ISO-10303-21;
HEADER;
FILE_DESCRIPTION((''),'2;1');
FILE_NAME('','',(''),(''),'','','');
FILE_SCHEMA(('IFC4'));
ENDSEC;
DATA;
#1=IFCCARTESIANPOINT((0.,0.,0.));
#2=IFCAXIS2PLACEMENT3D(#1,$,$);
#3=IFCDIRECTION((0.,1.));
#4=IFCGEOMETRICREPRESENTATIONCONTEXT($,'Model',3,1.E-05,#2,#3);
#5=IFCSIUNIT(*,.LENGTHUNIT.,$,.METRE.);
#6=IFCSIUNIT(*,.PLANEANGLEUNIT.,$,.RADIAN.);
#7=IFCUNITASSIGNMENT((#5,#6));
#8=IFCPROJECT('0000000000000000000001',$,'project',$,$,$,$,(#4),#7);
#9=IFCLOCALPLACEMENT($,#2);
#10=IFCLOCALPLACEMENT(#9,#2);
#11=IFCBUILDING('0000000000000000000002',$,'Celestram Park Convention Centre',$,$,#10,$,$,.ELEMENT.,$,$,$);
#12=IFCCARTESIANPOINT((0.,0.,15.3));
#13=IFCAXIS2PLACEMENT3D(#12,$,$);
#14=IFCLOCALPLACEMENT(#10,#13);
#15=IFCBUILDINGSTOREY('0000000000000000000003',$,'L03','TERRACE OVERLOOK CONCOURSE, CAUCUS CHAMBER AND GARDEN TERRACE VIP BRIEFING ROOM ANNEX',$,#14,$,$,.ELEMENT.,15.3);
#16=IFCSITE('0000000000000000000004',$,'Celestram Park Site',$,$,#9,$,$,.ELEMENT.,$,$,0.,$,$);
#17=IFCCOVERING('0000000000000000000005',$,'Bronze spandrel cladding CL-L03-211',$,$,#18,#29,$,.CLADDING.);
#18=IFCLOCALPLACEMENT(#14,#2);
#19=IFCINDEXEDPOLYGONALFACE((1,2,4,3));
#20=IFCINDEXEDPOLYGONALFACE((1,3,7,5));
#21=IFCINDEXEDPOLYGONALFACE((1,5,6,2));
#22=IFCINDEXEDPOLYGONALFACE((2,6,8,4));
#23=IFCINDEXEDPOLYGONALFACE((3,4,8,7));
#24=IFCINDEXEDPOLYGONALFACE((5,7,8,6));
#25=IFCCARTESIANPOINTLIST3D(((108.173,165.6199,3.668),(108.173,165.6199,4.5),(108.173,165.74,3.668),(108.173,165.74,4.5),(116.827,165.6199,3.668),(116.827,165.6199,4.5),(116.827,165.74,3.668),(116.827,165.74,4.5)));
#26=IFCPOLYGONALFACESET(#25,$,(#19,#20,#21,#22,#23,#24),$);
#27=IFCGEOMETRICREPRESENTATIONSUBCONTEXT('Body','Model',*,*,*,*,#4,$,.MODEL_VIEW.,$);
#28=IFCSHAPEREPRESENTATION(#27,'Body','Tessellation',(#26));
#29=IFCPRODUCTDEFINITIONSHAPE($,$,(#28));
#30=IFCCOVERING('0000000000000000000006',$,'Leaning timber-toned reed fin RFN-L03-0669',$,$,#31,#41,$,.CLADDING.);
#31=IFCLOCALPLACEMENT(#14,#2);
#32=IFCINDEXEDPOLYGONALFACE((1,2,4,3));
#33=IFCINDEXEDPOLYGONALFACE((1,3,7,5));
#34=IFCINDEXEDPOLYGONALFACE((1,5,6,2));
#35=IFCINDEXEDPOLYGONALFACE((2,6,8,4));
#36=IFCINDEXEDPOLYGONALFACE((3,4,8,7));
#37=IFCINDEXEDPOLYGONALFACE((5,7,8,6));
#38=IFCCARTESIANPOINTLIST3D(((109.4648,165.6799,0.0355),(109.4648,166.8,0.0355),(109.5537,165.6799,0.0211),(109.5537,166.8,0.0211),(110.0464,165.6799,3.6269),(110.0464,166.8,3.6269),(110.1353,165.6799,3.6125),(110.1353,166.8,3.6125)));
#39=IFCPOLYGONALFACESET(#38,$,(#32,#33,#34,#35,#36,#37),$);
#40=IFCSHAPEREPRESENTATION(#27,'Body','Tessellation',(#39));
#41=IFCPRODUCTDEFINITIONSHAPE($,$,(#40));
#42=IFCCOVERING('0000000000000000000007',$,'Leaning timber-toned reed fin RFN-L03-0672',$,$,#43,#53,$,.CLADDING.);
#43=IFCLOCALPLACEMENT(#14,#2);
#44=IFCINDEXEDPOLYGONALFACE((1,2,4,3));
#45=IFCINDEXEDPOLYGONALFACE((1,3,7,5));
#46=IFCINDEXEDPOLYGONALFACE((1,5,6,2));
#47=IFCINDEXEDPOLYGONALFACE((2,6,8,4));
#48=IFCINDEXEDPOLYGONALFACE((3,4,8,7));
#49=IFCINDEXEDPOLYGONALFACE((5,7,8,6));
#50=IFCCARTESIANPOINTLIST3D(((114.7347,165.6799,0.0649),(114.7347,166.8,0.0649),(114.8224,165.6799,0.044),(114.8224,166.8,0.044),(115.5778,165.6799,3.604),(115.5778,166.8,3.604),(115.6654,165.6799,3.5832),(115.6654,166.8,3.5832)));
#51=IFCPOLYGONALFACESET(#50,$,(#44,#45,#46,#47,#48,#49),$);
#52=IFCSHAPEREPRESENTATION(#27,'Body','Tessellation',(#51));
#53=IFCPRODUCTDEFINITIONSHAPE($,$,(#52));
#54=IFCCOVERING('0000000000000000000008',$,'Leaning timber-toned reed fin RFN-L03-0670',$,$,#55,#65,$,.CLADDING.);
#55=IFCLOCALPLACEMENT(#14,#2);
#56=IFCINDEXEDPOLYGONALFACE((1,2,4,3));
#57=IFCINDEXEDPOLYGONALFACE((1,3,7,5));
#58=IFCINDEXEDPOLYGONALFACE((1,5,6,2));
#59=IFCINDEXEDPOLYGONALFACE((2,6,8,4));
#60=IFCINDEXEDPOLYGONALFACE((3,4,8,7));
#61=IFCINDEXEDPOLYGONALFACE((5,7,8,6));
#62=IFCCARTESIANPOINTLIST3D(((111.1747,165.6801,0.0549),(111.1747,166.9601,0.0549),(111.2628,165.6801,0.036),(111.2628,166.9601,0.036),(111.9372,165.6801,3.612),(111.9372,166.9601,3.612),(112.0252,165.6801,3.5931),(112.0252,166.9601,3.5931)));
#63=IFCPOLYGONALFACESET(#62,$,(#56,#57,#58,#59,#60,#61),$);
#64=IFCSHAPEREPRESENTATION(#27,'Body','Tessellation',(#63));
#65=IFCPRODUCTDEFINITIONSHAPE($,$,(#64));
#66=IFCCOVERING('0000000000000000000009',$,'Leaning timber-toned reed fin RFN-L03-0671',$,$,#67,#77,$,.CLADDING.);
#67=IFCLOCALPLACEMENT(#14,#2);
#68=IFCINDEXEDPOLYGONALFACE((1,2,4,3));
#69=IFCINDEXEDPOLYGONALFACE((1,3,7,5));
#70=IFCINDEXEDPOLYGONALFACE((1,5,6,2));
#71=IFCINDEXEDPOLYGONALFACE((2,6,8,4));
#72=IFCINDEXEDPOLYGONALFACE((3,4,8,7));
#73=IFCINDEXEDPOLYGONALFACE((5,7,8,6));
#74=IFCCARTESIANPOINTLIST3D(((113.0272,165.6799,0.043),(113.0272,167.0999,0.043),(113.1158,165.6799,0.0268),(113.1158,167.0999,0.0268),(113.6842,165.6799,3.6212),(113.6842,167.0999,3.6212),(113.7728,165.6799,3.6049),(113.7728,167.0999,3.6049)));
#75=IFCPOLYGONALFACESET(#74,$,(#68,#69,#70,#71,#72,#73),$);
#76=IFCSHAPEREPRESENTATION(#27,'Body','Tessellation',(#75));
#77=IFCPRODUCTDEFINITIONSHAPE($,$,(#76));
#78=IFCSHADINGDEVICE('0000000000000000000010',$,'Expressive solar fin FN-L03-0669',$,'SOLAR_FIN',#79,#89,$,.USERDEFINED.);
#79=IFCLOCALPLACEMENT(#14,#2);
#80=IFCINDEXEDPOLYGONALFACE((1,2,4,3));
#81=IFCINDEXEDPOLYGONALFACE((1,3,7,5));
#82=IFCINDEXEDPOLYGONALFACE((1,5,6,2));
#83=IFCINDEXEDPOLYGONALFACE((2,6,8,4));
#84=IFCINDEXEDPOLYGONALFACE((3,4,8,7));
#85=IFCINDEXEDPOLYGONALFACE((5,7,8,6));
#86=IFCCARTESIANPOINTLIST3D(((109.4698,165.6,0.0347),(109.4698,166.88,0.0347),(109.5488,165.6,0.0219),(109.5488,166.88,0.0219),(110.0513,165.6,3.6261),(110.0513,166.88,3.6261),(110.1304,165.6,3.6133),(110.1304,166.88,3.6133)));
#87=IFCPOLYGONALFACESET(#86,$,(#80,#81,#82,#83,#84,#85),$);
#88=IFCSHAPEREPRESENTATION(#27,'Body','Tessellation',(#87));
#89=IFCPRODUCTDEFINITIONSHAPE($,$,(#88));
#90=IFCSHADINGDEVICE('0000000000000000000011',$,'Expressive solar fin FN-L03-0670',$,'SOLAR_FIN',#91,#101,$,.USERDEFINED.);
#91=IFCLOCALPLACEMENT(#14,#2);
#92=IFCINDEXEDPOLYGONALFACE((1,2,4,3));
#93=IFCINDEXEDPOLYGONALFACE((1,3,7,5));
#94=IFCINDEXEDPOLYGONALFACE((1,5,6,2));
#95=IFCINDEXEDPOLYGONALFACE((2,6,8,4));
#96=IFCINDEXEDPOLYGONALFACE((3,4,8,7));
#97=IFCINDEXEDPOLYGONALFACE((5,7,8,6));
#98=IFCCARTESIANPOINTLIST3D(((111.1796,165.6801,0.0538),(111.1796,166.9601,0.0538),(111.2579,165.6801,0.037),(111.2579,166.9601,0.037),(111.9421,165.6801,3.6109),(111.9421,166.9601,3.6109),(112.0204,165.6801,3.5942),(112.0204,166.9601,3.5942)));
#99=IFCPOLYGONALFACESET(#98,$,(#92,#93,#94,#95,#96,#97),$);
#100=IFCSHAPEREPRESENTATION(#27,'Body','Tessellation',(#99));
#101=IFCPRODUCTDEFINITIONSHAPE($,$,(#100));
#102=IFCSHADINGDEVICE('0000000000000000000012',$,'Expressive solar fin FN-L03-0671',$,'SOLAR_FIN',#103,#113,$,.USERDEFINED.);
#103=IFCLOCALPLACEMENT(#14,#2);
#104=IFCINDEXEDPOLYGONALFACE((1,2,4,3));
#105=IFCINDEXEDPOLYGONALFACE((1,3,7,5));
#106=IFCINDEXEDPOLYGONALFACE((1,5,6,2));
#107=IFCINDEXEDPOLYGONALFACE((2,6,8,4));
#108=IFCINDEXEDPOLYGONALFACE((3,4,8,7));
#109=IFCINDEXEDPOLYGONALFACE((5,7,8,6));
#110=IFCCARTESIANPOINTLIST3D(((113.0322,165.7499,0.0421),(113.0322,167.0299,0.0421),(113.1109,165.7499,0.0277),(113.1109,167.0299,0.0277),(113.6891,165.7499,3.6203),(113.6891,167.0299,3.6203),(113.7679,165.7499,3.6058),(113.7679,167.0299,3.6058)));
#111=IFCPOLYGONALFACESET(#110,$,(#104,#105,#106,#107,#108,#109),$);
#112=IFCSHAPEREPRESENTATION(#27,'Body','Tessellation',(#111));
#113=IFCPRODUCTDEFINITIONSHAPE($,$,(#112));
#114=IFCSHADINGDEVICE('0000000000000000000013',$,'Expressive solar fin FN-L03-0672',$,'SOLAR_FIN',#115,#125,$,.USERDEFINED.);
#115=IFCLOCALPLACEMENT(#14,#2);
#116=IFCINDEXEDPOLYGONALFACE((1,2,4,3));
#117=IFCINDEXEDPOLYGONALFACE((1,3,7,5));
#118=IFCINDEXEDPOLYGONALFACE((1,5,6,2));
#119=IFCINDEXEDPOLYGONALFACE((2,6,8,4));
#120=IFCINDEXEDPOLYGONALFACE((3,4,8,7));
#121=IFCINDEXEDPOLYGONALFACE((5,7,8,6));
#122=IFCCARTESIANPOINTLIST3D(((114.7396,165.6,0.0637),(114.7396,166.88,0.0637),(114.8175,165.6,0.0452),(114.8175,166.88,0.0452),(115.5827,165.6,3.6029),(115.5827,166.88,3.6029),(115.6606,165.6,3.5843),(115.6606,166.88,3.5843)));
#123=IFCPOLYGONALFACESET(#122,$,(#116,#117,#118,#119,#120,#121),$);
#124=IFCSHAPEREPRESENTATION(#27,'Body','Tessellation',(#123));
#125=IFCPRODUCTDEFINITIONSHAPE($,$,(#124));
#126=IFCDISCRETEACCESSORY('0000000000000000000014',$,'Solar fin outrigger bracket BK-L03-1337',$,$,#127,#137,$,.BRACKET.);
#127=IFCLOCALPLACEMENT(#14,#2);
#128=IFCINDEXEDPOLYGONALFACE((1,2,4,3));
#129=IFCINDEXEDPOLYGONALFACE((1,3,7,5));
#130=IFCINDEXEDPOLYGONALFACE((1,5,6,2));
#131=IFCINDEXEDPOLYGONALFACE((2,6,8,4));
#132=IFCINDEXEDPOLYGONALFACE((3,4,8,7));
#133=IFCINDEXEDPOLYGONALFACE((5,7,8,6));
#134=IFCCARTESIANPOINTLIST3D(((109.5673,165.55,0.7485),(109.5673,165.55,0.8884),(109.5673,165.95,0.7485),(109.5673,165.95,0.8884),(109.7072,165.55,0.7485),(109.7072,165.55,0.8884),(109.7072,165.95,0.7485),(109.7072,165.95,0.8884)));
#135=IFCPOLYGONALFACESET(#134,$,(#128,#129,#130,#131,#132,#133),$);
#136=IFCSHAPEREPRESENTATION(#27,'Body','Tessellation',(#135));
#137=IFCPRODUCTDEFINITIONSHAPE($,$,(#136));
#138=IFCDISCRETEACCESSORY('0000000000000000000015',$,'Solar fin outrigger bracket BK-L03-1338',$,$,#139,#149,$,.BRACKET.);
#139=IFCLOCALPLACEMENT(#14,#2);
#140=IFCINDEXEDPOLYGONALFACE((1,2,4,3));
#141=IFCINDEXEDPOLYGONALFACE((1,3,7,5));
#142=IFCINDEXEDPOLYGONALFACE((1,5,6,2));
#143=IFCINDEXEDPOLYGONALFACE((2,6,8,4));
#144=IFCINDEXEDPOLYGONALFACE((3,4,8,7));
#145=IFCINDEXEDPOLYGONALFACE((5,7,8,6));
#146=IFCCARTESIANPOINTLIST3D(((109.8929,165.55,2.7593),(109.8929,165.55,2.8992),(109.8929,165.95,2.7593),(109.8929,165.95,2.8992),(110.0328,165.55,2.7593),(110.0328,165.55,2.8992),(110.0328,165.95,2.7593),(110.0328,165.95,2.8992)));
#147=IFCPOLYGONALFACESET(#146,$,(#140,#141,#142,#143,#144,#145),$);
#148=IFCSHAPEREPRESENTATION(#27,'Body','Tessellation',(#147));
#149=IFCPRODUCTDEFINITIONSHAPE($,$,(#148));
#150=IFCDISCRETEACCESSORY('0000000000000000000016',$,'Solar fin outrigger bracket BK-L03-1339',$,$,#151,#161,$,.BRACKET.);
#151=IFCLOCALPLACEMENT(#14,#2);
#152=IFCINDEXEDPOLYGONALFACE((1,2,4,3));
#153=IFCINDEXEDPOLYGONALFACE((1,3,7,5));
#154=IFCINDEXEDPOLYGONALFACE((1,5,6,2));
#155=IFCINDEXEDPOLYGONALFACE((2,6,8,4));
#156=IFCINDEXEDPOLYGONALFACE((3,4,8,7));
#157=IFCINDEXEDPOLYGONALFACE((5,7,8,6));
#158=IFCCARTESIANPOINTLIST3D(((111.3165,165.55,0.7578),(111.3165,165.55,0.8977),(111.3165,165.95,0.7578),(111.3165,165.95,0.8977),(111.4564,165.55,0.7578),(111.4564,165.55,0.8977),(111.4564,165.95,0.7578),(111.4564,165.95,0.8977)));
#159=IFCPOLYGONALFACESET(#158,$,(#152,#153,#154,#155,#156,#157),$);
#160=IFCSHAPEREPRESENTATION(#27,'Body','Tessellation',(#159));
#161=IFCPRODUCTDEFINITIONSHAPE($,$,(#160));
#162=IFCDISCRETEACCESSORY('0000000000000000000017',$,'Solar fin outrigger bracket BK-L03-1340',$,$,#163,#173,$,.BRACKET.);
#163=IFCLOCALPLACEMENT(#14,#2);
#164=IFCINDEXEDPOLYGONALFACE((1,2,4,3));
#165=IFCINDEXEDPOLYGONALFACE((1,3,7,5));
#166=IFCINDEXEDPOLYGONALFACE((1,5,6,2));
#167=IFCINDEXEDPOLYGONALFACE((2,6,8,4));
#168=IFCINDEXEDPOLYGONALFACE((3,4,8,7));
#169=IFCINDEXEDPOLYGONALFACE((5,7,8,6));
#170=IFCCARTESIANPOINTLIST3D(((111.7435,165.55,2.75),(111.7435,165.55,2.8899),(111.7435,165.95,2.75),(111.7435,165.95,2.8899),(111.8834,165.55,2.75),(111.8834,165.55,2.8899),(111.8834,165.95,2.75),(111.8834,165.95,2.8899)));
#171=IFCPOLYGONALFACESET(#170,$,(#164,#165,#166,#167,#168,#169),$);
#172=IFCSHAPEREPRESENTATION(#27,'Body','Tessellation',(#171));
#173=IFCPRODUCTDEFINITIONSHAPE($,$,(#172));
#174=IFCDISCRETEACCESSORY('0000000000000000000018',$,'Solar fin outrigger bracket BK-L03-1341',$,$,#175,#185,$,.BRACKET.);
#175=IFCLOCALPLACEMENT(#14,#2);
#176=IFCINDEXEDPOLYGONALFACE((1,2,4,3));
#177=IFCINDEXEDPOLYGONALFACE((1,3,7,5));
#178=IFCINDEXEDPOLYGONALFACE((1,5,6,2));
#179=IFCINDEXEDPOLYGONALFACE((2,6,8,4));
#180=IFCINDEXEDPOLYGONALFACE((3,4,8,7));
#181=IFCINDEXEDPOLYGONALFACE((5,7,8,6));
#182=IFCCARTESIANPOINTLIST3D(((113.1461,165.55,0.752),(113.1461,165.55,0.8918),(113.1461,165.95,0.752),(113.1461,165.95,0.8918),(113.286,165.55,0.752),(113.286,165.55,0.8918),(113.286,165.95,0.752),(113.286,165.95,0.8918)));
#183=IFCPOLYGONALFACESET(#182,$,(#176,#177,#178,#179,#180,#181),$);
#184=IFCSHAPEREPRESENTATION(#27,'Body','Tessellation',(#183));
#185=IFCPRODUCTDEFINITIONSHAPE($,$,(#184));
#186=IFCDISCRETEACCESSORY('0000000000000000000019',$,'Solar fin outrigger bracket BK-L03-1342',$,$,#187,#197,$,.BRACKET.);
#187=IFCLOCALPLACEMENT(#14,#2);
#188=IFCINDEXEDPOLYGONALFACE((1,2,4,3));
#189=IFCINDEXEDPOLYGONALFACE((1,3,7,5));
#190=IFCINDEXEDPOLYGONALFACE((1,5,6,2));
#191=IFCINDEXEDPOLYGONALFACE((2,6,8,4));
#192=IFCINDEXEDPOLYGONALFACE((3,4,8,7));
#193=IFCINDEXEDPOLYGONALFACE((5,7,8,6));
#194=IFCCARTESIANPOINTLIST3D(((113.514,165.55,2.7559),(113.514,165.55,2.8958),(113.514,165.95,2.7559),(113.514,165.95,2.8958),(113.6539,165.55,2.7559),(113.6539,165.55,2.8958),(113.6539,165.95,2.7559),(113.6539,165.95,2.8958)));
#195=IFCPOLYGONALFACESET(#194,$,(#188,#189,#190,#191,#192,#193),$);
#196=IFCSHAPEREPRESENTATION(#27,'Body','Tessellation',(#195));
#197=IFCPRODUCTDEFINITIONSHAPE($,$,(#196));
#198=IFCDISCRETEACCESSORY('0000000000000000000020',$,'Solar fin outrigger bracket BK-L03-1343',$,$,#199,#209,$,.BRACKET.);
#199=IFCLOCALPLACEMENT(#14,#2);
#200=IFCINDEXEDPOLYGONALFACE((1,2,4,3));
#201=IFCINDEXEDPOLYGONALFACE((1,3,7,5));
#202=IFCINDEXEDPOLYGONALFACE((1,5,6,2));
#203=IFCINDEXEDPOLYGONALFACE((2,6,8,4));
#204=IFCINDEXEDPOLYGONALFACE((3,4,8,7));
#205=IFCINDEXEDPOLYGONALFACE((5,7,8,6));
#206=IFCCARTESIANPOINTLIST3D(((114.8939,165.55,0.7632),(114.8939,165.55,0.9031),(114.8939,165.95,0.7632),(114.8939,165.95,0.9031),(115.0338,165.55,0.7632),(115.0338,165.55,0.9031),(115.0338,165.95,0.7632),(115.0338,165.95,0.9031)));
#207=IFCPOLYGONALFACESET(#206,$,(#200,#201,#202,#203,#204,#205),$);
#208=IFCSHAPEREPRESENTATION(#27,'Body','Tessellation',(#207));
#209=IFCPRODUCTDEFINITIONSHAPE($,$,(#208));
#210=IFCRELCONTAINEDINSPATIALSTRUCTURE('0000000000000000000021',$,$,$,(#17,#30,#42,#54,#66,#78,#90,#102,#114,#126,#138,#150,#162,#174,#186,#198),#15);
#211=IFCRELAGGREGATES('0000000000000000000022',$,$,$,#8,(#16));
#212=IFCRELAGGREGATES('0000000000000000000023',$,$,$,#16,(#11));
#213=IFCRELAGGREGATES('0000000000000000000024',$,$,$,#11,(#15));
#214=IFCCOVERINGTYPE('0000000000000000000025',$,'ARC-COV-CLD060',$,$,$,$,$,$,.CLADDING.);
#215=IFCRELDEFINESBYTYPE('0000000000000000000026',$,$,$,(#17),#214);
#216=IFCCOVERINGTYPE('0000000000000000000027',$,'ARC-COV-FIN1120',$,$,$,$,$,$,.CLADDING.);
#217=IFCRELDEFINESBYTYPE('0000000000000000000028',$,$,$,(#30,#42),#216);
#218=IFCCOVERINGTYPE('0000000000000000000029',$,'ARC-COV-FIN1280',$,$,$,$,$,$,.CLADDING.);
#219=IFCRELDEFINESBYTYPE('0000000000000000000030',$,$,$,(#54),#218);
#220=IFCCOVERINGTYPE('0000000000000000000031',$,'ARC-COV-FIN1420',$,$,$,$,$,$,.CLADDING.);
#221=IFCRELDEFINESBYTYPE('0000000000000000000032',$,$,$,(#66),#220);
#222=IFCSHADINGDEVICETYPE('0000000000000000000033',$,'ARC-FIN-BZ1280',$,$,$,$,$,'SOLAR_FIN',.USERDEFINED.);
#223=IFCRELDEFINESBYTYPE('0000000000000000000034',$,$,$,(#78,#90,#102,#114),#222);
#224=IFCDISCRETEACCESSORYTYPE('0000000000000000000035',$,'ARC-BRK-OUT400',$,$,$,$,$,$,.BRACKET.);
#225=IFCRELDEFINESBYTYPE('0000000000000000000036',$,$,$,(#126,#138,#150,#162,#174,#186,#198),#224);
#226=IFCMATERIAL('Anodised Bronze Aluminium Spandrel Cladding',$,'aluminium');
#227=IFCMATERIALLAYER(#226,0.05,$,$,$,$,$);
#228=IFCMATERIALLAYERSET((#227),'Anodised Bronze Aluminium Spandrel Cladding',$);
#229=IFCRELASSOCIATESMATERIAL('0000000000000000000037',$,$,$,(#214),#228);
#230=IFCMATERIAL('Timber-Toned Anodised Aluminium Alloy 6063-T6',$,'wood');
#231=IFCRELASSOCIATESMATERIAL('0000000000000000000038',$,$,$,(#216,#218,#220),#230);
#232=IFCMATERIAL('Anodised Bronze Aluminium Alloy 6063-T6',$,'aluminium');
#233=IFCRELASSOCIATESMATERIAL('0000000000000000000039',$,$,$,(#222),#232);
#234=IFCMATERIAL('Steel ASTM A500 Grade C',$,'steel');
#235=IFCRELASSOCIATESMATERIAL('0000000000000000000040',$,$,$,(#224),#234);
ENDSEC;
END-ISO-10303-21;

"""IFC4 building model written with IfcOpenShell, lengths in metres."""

from ifc_helpers import new_model, si_unit, direction, frame, origin, origin_2d, place, context, subcontext, project, spatial, rectangle, extrude, material, layer, layer_set, material_profile, profile_set, type_object, element, save


model = new_model("IFC4")

# Units and contexts
model_context = context("Model", 3, precision=1e-05, world=origin(), true_north=direction((0.0, 1.0)))
body_context = subcontext(model_context, "Body", "Model", "MODEL_VIEW")
ifc_project = project(units=[si_unit("LENGTHUNIT", "METRE"), si_unit("PLANEANGLEUNIT", "RADIAN")], contexts=[model_context])

# Site, building, storey
site_placement = place(None, origin())
site = spatial("IfcSite", under=ifc_project, at=site_placement, Name="Celestram Park Site", CompositionType="ELEMENT", RefElevation=0.0)
building_placement = place(site_placement, origin())
building = spatial("IfcBuilding", under=site, at=building_placement, Name="Celestram Park Convention Centre", CompositionType="ELEMENT")
storey_placement = place(building_placement, frame((0.0, 0.0, 15.3)))
storey = spatial("IfcBuildingStorey", under=building, at=storey_placement, Name="L03", Description="TERRACE OVERLOOK CONCOURSE, CAUCUS CHAMBER AND GARDEN TERRACE VIP BRIEFING ROOM ANNEX", CompositionType="ELEMENT", Elevation=15.3)

# Coverings
ifc_material_1 = material(Name="Anodised Bronze Aluminium Spandrel Cladding", Category="aluminium")
ifc_layer_1 = layer(ifc_material_1, 0.05)
ifc_layer_set_1 = layer_set([ifc_layer_1], Name="Anodised Bronze Aluminium Spandrel Cladding")
covering_type_1 = type_object("IfcCoveringType", Name="ARC-COV-CLD060", PredefinedType="CLADDING", material=ifc_layer_set_1)
covering_1_placement = place(storey_placement, frame((112.5, 165.6799, 3.668), z_axis=(0.0, 0.0, 1.0), x_axis=(1.0, 0.0, 0.0)))
element("IfcCovering", 1, at=covering_1_placement, inside=storey, type_object=covering_type_1, Name="Bronze spandrel cladding CL-L03-211", PredefinedType="CLADDING", context=body_context, shape_type="SweptSolid", body=[
    extrude(rectangle(XDim=8.6541, YDim=0.1201, at=origin_2d()), origin(), (0.0, 0.0, 1.0), 0.832),
])
ifc_material_2 = material(Name="Timber-Toned Anodised Aluminium Alloy 6063-T6", Category="wood")
ifc_material_profile_1 = material_profile(ifc_material_2, rectangle(XDim=1.1201, YDim=0.0901, at=origin_2d()), Name="REED1120X90")
ifc_profile_set_1 = profile_set([ifc_material_profile_1], Name="Timber-Toned Anodised Aluminium Alloy 6063-T6")
covering_type_2 = type_object("IfcCoveringType", Name="ARC-COV-FIN1120", PredefinedType="CLADDING", material=ifc_profile_set_1)
for number, where, z_axis, x_axis, name in (
    (2, (109.5093, 166.24, 0.0283), (0.159848, 0.0, 0.987142), (0.0, 1.0, 0.0), "Leaning timber-toned reed fin RFN-L03-0669"),
    (3, (114.7786, 166.24, 0.0544), (0.23172, 0.0, 0.972782), (0.0, 1.0, 0.0), "Leaning timber-toned reed fin RFN-L03-0672"),
):
    element("IfcCovering", number, at=place(storey_placement, frame(where, z_axis=z_axis, x_axis=x_axis)), inside=storey, type_object=covering_type_2, Name=name, PredefinedType="CLADDING", context=body_context, shape_type="SweptSolid", body=[
        extrude(rectangle(XDim=1.1201, YDim=0.0901, at=origin_2d()), origin(), (0.0, 0.0, 1.0), 3.6382),
    ])
ifc_material_profile_2 = material_profile(ifc_material_2, rectangle(XDim=1.28, YDim=0.0901, at=origin_2d()), Name="REED1280X90")
ifc_profile_set_2 = profile_set([ifc_material_profile_2], Name="Timber-Toned Anodised Aluminium Alloy 6063-T6")
covering_type_3 = type_object("IfcCoveringType", Name="ARC-COV-FIN1280", PredefinedType="CLADDING", material=ifc_profile_set_2)
covering_2_placement = place(storey_placement, frame((111.2188, 166.3201, 0.0454), z_axis=(0.209584, 0.0, 0.977791), x_axis=(0.0, 1.0, 0.0)))
element("IfcCovering", 4, at=covering_2_placement, inside=storey, type_object=covering_type_3, Name="Leaning timber-toned reed fin RFN-L03-0670", PredefinedType="CLADDING", context=body_context, shape_type="SweptSolid", body=[
    extrude(rectangle(XDim=1.28, YDim=0.0901, at=origin_2d()), origin(), (0.0, 0.0, 1.0), 3.6379),
])
ifc_material_profile_3 = material_profile(ifc_material_2, rectangle(XDim=1.4199, YDim=0.0901, at=origin_2d()), Name="REED1420X90")
ifc_profile_set_3 = profile_set([ifc_material_profile_3], Name="Timber-Toned Anodised Aluminium Alloy 6063-T6")
covering_type_4 = type_object("IfcCoveringType", Name="ARC-COV-FIN1420", PredefinedType="CLADDING", material=ifc_profile_set_3)
covering_3_placement = place(storey_placement, frame((113.0715, 166.3899, 0.0349), z_axis=(0.180592, 0.0, 0.983558), x_axis=(0.0, 1.0, 0.0)))
element("IfcCovering", 5, at=covering_3_placement, inside=storey, type_object=covering_type_4, Name="Leaning timber-toned reed fin RFN-L03-0671", PredefinedType="CLADDING", context=body_context, shape_type="SweptSolid", body=[
    extrude(rectangle(XDim=1.4199, YDim=0.0901, at=origin_2d()), origin(), (0.0, 0.0, 1.0), 3.6379),
])

# Shading devices
ifc_material_3 = material(Name="Anodised Bronze Aluminium Alloy 6063-T6", Category="aluminium")
ifc_material_profile_4 = material_profile(ifc_material_3, rectangle(XDim=1.28, YDim=0.0801, at=origin_2d()), Name="FIN1280X80")
ifc_profile_set_4 = profile_set([ifc_material_profile_4], Name="Anodised Bronze Aluminium Alloy 6063-T6")
shading_device_type = type_object("IfcShadingDeviceType", Name="ARC-FIN-BZ1280", ElementType="SOLAR_FIN", PredefinedType="USERDEFINED", material=ifc_profile_set_4)
shading_device_1_placement = place(storey_placement, frame((109.5093, 166.24, 0.0283), z_axis=(0.159848, 0.0, 0.987142), x_axis=(0.0, 1.0, 0.0)))
element("IfcShadingDevice", 6, at=shading_device_1_placement, inside=storey, type_object=shading_device_type, Name="Expressive solar fin FN-L03-0669", ObjectType="SOLAR_FIN", PredefinedType="USERDEFINED", context=body_context, shape_type="SweptSolid", body=[
    extrude(rectangle(XDim=1.28, YDim=0.0801, at=origin_2d()), origin(), (0.0, 0.0, 1.0), 3.6382),
])
for number, where, z_axis, x_axis, name in (
    (7, (111.2188, 166.3201, 0.0454), (0.209584, 0.0, 0.977791), (0.0, 1.0, 0.0), "Expressive solar fin FN-L03-0670"),
    (8, (113.0715, 166.3899, 0.0349), (0.180592, 0.0, 0.983558), (0.0, 1.0, 0.0), "Expressive solar fin FN-L03-0671"),
):
    element("IfcShadingDevice", number, at=place(storey_placement, frame(where, z_axis=z_axis, x_axis=x_axis)), inside=storey, type_object=shading_device_type, Name=name, ObjectType="SOLAR_FIN", PredefinedType="USERDEFINED", context=body_context, shape_type="SweptSolid", body=[
        extrude(rectangle(XDim=1.28, YDim=0.0801, at=origin_2d()), origin(), (0.0, 0.0, 1.0), 3.6379),
    ])
shading_device_2_placement = place(storey_placement, frame((114.7786, 166.24, 0.0544), z_axis=(0.23172, 0.0, 0.972782), x_axis=(0.0, 1.0, 0.0)))
element("IfcShadingDevice", 9, at=shading_device_2_placement, inside=storey, type_object=shading_device_type, Name="Expressive solar fin FN-L03-0672", ObjectType="SOLAR_FIN", PredefinedType="USERDEFINED", context=body_context, shape_type="SweptSolid", body=[
    extrude(rectangle(XDim=1.28, YDim=0.0801, at=origin_2d()), origin(), (0.0, 0.0, 1.0), 3.6382),
])

# Discrete accessories
ifc_material_4 = material(Name="Steel ASTM A500 Grade C", Category="steel")
discrete_accessory_type = type_object("IfcDiscreteAccessoryType", Name="ARC-BRK-OUT400", PredefinedType="BRACKET", material=ifc_material_4)
for number, where, z_axis, x_axis, name in (
    (10, (109.6372, 165.75, 0.7485), (0.0, 0.0, 1.0), (0.0, 1.0, 0.0), "Solar fin outrigger bracket BK-L03-1337"),
    (11, (109.9629, 165.75, 2.7593), (0.0, 0.0, 1.0), (0.0, 1.0, 0.0), "Solar fin outrigger bracket BK-L03-1338"),
    (12, (111.3865, 165.75, 0.7578), (0.0, 0.0, 1.0), (0.0, 1.0, 0.0), "Solar fin outrigger bracket BK-L03-1339"),
    (13, (111.8135, 165.75, 2.75), (0.0, 0.0, 1.0), (0.0, 1.0, 0.0), "Solar fin outrigger bracket BK-L03-1340"),
    (14, (113.2161, 165.75, 0.752), (0.0, 0.0, 1.0), (0.0, 1.0, 0.0), "Solar fin outrigger bracket BK-L03-1341"),
    (15, (113.584, 165.75, 2.7559), (0.0, 0.0, 1.0), (0.0, 1.0, 0.0), "Solar fin outrigger bracket BK-L03-1342"),
    (16, (114.9639, 165.75, 0.7632), (0.0, 0.0, 1.0), (0.0, 1.0, 0.0), "Solar fin outrigger bracket BK-L03-1343"),
):
    element("IfcDiscreteAccessory", number, at=place(storey_placement, frame(where, z_axis=z_axis, x_axis=x_axis)), inside=storey, type_object=discrete_accessory_type, Name=name, PredefinedType="BRACKET", context=body_context, shape_type="SweptSolid", body=[
        extrude(rectangle(XDim=0.3999, YDim=0.1399, at=origin_2d()), origin(), (0.0, 0.0, 1.0), 0.1399),
    ])

save(model, "model.ifc")
